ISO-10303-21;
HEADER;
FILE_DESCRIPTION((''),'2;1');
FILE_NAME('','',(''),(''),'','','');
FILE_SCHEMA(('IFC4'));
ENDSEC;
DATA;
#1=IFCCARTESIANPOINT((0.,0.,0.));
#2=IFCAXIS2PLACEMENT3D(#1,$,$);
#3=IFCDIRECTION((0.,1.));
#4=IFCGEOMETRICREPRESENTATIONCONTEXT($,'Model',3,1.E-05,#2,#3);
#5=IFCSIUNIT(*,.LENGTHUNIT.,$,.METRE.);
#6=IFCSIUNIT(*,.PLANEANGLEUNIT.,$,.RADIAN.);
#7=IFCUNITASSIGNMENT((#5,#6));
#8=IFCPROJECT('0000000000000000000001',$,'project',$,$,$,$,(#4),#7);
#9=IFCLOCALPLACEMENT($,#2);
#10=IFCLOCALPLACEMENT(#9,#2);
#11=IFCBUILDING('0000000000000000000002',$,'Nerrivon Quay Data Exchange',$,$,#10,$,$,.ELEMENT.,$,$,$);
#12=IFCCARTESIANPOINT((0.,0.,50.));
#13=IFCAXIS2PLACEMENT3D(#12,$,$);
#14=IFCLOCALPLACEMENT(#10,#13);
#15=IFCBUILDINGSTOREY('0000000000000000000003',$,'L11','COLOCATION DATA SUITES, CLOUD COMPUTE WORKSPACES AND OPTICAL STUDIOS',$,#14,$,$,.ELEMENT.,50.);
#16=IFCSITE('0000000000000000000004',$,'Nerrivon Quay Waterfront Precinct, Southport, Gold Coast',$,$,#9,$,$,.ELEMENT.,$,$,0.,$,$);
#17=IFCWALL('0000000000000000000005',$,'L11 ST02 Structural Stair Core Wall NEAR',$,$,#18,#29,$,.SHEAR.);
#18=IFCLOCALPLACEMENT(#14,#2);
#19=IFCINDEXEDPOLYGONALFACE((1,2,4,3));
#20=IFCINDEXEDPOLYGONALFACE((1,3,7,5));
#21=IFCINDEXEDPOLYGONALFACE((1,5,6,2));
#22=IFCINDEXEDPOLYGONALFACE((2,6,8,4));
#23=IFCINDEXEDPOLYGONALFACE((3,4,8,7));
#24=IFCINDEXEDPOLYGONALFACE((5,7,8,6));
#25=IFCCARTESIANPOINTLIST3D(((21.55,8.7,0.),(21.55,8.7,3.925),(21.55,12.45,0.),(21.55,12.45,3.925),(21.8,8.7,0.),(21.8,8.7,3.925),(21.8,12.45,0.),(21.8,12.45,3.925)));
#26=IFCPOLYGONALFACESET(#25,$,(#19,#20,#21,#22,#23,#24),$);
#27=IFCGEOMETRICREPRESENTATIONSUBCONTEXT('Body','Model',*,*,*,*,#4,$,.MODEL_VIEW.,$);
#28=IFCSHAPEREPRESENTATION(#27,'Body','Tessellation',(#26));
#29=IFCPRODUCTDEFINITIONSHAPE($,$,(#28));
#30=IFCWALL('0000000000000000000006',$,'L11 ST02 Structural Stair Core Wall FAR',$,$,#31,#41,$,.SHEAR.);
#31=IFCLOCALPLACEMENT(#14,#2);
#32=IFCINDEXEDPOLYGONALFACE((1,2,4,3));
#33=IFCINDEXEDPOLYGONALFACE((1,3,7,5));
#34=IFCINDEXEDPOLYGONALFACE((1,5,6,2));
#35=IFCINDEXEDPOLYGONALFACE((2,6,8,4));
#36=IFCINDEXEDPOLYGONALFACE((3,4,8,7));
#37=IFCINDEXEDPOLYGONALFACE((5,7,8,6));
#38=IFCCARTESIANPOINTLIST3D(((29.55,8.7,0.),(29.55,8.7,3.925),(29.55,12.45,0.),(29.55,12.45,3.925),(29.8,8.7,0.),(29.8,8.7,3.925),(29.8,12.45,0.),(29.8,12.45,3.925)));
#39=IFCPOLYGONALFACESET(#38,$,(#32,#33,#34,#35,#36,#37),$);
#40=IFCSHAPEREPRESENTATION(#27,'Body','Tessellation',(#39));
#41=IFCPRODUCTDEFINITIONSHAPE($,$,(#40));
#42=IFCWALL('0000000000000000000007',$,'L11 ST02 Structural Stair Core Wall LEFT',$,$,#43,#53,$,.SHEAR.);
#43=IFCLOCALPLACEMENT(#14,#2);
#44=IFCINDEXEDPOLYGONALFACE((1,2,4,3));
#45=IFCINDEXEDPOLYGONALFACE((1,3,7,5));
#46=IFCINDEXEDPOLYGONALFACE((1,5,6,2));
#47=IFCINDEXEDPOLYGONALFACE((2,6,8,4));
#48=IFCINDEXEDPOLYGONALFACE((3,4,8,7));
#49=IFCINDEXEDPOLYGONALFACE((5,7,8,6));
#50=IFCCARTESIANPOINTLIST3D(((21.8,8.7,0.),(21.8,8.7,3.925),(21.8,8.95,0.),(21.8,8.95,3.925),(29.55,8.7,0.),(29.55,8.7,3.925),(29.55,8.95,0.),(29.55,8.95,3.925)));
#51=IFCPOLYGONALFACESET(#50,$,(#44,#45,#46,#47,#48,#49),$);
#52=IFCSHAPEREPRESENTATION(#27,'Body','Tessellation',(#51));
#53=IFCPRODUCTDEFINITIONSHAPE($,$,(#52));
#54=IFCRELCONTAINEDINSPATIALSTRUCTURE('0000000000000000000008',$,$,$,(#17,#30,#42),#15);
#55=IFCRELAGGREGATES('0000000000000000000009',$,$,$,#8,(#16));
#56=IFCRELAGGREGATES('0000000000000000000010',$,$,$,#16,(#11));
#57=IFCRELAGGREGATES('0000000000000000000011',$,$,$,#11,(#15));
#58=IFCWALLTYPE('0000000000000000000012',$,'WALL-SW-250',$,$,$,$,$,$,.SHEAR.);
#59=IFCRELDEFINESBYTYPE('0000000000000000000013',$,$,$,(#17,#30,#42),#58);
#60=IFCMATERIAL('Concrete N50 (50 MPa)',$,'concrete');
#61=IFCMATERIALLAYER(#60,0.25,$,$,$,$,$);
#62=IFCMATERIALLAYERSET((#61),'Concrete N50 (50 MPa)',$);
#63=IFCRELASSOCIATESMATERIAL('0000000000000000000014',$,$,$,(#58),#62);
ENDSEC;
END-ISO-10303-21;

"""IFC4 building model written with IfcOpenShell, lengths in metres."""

from ifc_helpers import new_model, si_unit, direction, frame, frame_2d, origin, place, context, subcontext, project, spatial, rectangle, extrude, material, layer, layer_set, type_object, element, save


model = new_model("IFC4")

# Units and contexts
model_context = context("Model", 3, precision=1e-05, world=origin(), true_north=direction((0.0, 1.0)))
body_context = subcontext(model_context, "Body", "Model", "MODEL_VIEW")
ifc_project = project(units=[si_unit("LENGTHUNIT", "METRE"), si_unit("PLANEANGLEUNIT", "RADIAN")], contexts=[model_context])

# Site, building, storey
site_placement = place(None, origin())
site = spatial("IfcSite", under=ifc_project, at=site_placement, Name="Nerrivon Quay Waterfront Precinct, Southport, Gold Coast", CompositionType="ELEMENT", RefElevation=0.0)
building_placement = place(site_placement, origin())
building = spatial("IfcBuilding", under=site, at=building_placement, Name="Nerrivon Quay Data Exchange", CompositionType="ELEMENT")
storey_placement = place(building_placement, frame((0.0, 0.0, 50.0)))
storey = spatial("IfcBuildingStorey", under=building, at=storey_placement, Name="L11", Description="COLOCATION DATA SUITES, CLOUD COMPUTE WORKSPACES AND OPTICAL STUDIOS", CompositionType="ELEMENT", Elevation=50.0)

# Shared definitions
ifc_material_1 = material(Name="Concrete N50 (50 MPa)", Category="concrete")

# Walls
ifc_layer_1 = layer(ifc_material_1, 0.25)
ifc_layer_set_1 = layer_set([ifc_layer_1], Name="Concrete N50 (50 MPa)")
wall_type_1 = type_object("IfcWallType", Name="WALL-SW-250", PredefinedType="SHEAR", material=ifc_layer_set_1)
for number, where, z_axis, x_axis, name in (
    (1, (21.675, 8.7, 0.0), (0.0, 0.0, 1.0), (0.0, 1.0, 0.0), "L11 ST02 Structural Stair Core Wall NEAR"),
    (2, (29.675, 8.7, 0.0), (0.0, 0.0, 1.0), (0.0, 1.0, 0.0), "L11 ST02 Structural Stair Core Wall FAR"),
):
    element("IfcWall", number, at=place(storey_placement, frame(where, z_axis=z_axis, x_axis=x_axis)), inside=storey, type_object=wall_type_1, Name=name, PredefinedType="SHEAR", context=body_context, shape_type="SweptSolid", body=[
        extrude(rectangle(XDim=3.75, YDim=0.25, at=frame_2d((1.875, 0.0))), origin(), (0.0, 0.0, 1.0), 3.925),
    ])
wall_1_placement = place(storey_placement, frame((21.8, 8.825, 0.0), z_axis=(0.0, 0.0, 1.0), x_axis=(1.0, 0.0, 0.0)))
element("IfcWall", 3, at=wall_1_placement, inside=storey, type_object=wall_type_1, Name="L11 ST02 Structural Stair Core Wall LEFT", PredefinedType="SHEAR", context=body_context, shape_type="SweptSolid", body=[
    extrude(rectangle(XDim=7.75, YDim=0.25, at=frame_2d((3.875, 0.0))), origin(), (0.0, 0.0, 1.0), 3.925),
])

save(model, "model.ifc")
